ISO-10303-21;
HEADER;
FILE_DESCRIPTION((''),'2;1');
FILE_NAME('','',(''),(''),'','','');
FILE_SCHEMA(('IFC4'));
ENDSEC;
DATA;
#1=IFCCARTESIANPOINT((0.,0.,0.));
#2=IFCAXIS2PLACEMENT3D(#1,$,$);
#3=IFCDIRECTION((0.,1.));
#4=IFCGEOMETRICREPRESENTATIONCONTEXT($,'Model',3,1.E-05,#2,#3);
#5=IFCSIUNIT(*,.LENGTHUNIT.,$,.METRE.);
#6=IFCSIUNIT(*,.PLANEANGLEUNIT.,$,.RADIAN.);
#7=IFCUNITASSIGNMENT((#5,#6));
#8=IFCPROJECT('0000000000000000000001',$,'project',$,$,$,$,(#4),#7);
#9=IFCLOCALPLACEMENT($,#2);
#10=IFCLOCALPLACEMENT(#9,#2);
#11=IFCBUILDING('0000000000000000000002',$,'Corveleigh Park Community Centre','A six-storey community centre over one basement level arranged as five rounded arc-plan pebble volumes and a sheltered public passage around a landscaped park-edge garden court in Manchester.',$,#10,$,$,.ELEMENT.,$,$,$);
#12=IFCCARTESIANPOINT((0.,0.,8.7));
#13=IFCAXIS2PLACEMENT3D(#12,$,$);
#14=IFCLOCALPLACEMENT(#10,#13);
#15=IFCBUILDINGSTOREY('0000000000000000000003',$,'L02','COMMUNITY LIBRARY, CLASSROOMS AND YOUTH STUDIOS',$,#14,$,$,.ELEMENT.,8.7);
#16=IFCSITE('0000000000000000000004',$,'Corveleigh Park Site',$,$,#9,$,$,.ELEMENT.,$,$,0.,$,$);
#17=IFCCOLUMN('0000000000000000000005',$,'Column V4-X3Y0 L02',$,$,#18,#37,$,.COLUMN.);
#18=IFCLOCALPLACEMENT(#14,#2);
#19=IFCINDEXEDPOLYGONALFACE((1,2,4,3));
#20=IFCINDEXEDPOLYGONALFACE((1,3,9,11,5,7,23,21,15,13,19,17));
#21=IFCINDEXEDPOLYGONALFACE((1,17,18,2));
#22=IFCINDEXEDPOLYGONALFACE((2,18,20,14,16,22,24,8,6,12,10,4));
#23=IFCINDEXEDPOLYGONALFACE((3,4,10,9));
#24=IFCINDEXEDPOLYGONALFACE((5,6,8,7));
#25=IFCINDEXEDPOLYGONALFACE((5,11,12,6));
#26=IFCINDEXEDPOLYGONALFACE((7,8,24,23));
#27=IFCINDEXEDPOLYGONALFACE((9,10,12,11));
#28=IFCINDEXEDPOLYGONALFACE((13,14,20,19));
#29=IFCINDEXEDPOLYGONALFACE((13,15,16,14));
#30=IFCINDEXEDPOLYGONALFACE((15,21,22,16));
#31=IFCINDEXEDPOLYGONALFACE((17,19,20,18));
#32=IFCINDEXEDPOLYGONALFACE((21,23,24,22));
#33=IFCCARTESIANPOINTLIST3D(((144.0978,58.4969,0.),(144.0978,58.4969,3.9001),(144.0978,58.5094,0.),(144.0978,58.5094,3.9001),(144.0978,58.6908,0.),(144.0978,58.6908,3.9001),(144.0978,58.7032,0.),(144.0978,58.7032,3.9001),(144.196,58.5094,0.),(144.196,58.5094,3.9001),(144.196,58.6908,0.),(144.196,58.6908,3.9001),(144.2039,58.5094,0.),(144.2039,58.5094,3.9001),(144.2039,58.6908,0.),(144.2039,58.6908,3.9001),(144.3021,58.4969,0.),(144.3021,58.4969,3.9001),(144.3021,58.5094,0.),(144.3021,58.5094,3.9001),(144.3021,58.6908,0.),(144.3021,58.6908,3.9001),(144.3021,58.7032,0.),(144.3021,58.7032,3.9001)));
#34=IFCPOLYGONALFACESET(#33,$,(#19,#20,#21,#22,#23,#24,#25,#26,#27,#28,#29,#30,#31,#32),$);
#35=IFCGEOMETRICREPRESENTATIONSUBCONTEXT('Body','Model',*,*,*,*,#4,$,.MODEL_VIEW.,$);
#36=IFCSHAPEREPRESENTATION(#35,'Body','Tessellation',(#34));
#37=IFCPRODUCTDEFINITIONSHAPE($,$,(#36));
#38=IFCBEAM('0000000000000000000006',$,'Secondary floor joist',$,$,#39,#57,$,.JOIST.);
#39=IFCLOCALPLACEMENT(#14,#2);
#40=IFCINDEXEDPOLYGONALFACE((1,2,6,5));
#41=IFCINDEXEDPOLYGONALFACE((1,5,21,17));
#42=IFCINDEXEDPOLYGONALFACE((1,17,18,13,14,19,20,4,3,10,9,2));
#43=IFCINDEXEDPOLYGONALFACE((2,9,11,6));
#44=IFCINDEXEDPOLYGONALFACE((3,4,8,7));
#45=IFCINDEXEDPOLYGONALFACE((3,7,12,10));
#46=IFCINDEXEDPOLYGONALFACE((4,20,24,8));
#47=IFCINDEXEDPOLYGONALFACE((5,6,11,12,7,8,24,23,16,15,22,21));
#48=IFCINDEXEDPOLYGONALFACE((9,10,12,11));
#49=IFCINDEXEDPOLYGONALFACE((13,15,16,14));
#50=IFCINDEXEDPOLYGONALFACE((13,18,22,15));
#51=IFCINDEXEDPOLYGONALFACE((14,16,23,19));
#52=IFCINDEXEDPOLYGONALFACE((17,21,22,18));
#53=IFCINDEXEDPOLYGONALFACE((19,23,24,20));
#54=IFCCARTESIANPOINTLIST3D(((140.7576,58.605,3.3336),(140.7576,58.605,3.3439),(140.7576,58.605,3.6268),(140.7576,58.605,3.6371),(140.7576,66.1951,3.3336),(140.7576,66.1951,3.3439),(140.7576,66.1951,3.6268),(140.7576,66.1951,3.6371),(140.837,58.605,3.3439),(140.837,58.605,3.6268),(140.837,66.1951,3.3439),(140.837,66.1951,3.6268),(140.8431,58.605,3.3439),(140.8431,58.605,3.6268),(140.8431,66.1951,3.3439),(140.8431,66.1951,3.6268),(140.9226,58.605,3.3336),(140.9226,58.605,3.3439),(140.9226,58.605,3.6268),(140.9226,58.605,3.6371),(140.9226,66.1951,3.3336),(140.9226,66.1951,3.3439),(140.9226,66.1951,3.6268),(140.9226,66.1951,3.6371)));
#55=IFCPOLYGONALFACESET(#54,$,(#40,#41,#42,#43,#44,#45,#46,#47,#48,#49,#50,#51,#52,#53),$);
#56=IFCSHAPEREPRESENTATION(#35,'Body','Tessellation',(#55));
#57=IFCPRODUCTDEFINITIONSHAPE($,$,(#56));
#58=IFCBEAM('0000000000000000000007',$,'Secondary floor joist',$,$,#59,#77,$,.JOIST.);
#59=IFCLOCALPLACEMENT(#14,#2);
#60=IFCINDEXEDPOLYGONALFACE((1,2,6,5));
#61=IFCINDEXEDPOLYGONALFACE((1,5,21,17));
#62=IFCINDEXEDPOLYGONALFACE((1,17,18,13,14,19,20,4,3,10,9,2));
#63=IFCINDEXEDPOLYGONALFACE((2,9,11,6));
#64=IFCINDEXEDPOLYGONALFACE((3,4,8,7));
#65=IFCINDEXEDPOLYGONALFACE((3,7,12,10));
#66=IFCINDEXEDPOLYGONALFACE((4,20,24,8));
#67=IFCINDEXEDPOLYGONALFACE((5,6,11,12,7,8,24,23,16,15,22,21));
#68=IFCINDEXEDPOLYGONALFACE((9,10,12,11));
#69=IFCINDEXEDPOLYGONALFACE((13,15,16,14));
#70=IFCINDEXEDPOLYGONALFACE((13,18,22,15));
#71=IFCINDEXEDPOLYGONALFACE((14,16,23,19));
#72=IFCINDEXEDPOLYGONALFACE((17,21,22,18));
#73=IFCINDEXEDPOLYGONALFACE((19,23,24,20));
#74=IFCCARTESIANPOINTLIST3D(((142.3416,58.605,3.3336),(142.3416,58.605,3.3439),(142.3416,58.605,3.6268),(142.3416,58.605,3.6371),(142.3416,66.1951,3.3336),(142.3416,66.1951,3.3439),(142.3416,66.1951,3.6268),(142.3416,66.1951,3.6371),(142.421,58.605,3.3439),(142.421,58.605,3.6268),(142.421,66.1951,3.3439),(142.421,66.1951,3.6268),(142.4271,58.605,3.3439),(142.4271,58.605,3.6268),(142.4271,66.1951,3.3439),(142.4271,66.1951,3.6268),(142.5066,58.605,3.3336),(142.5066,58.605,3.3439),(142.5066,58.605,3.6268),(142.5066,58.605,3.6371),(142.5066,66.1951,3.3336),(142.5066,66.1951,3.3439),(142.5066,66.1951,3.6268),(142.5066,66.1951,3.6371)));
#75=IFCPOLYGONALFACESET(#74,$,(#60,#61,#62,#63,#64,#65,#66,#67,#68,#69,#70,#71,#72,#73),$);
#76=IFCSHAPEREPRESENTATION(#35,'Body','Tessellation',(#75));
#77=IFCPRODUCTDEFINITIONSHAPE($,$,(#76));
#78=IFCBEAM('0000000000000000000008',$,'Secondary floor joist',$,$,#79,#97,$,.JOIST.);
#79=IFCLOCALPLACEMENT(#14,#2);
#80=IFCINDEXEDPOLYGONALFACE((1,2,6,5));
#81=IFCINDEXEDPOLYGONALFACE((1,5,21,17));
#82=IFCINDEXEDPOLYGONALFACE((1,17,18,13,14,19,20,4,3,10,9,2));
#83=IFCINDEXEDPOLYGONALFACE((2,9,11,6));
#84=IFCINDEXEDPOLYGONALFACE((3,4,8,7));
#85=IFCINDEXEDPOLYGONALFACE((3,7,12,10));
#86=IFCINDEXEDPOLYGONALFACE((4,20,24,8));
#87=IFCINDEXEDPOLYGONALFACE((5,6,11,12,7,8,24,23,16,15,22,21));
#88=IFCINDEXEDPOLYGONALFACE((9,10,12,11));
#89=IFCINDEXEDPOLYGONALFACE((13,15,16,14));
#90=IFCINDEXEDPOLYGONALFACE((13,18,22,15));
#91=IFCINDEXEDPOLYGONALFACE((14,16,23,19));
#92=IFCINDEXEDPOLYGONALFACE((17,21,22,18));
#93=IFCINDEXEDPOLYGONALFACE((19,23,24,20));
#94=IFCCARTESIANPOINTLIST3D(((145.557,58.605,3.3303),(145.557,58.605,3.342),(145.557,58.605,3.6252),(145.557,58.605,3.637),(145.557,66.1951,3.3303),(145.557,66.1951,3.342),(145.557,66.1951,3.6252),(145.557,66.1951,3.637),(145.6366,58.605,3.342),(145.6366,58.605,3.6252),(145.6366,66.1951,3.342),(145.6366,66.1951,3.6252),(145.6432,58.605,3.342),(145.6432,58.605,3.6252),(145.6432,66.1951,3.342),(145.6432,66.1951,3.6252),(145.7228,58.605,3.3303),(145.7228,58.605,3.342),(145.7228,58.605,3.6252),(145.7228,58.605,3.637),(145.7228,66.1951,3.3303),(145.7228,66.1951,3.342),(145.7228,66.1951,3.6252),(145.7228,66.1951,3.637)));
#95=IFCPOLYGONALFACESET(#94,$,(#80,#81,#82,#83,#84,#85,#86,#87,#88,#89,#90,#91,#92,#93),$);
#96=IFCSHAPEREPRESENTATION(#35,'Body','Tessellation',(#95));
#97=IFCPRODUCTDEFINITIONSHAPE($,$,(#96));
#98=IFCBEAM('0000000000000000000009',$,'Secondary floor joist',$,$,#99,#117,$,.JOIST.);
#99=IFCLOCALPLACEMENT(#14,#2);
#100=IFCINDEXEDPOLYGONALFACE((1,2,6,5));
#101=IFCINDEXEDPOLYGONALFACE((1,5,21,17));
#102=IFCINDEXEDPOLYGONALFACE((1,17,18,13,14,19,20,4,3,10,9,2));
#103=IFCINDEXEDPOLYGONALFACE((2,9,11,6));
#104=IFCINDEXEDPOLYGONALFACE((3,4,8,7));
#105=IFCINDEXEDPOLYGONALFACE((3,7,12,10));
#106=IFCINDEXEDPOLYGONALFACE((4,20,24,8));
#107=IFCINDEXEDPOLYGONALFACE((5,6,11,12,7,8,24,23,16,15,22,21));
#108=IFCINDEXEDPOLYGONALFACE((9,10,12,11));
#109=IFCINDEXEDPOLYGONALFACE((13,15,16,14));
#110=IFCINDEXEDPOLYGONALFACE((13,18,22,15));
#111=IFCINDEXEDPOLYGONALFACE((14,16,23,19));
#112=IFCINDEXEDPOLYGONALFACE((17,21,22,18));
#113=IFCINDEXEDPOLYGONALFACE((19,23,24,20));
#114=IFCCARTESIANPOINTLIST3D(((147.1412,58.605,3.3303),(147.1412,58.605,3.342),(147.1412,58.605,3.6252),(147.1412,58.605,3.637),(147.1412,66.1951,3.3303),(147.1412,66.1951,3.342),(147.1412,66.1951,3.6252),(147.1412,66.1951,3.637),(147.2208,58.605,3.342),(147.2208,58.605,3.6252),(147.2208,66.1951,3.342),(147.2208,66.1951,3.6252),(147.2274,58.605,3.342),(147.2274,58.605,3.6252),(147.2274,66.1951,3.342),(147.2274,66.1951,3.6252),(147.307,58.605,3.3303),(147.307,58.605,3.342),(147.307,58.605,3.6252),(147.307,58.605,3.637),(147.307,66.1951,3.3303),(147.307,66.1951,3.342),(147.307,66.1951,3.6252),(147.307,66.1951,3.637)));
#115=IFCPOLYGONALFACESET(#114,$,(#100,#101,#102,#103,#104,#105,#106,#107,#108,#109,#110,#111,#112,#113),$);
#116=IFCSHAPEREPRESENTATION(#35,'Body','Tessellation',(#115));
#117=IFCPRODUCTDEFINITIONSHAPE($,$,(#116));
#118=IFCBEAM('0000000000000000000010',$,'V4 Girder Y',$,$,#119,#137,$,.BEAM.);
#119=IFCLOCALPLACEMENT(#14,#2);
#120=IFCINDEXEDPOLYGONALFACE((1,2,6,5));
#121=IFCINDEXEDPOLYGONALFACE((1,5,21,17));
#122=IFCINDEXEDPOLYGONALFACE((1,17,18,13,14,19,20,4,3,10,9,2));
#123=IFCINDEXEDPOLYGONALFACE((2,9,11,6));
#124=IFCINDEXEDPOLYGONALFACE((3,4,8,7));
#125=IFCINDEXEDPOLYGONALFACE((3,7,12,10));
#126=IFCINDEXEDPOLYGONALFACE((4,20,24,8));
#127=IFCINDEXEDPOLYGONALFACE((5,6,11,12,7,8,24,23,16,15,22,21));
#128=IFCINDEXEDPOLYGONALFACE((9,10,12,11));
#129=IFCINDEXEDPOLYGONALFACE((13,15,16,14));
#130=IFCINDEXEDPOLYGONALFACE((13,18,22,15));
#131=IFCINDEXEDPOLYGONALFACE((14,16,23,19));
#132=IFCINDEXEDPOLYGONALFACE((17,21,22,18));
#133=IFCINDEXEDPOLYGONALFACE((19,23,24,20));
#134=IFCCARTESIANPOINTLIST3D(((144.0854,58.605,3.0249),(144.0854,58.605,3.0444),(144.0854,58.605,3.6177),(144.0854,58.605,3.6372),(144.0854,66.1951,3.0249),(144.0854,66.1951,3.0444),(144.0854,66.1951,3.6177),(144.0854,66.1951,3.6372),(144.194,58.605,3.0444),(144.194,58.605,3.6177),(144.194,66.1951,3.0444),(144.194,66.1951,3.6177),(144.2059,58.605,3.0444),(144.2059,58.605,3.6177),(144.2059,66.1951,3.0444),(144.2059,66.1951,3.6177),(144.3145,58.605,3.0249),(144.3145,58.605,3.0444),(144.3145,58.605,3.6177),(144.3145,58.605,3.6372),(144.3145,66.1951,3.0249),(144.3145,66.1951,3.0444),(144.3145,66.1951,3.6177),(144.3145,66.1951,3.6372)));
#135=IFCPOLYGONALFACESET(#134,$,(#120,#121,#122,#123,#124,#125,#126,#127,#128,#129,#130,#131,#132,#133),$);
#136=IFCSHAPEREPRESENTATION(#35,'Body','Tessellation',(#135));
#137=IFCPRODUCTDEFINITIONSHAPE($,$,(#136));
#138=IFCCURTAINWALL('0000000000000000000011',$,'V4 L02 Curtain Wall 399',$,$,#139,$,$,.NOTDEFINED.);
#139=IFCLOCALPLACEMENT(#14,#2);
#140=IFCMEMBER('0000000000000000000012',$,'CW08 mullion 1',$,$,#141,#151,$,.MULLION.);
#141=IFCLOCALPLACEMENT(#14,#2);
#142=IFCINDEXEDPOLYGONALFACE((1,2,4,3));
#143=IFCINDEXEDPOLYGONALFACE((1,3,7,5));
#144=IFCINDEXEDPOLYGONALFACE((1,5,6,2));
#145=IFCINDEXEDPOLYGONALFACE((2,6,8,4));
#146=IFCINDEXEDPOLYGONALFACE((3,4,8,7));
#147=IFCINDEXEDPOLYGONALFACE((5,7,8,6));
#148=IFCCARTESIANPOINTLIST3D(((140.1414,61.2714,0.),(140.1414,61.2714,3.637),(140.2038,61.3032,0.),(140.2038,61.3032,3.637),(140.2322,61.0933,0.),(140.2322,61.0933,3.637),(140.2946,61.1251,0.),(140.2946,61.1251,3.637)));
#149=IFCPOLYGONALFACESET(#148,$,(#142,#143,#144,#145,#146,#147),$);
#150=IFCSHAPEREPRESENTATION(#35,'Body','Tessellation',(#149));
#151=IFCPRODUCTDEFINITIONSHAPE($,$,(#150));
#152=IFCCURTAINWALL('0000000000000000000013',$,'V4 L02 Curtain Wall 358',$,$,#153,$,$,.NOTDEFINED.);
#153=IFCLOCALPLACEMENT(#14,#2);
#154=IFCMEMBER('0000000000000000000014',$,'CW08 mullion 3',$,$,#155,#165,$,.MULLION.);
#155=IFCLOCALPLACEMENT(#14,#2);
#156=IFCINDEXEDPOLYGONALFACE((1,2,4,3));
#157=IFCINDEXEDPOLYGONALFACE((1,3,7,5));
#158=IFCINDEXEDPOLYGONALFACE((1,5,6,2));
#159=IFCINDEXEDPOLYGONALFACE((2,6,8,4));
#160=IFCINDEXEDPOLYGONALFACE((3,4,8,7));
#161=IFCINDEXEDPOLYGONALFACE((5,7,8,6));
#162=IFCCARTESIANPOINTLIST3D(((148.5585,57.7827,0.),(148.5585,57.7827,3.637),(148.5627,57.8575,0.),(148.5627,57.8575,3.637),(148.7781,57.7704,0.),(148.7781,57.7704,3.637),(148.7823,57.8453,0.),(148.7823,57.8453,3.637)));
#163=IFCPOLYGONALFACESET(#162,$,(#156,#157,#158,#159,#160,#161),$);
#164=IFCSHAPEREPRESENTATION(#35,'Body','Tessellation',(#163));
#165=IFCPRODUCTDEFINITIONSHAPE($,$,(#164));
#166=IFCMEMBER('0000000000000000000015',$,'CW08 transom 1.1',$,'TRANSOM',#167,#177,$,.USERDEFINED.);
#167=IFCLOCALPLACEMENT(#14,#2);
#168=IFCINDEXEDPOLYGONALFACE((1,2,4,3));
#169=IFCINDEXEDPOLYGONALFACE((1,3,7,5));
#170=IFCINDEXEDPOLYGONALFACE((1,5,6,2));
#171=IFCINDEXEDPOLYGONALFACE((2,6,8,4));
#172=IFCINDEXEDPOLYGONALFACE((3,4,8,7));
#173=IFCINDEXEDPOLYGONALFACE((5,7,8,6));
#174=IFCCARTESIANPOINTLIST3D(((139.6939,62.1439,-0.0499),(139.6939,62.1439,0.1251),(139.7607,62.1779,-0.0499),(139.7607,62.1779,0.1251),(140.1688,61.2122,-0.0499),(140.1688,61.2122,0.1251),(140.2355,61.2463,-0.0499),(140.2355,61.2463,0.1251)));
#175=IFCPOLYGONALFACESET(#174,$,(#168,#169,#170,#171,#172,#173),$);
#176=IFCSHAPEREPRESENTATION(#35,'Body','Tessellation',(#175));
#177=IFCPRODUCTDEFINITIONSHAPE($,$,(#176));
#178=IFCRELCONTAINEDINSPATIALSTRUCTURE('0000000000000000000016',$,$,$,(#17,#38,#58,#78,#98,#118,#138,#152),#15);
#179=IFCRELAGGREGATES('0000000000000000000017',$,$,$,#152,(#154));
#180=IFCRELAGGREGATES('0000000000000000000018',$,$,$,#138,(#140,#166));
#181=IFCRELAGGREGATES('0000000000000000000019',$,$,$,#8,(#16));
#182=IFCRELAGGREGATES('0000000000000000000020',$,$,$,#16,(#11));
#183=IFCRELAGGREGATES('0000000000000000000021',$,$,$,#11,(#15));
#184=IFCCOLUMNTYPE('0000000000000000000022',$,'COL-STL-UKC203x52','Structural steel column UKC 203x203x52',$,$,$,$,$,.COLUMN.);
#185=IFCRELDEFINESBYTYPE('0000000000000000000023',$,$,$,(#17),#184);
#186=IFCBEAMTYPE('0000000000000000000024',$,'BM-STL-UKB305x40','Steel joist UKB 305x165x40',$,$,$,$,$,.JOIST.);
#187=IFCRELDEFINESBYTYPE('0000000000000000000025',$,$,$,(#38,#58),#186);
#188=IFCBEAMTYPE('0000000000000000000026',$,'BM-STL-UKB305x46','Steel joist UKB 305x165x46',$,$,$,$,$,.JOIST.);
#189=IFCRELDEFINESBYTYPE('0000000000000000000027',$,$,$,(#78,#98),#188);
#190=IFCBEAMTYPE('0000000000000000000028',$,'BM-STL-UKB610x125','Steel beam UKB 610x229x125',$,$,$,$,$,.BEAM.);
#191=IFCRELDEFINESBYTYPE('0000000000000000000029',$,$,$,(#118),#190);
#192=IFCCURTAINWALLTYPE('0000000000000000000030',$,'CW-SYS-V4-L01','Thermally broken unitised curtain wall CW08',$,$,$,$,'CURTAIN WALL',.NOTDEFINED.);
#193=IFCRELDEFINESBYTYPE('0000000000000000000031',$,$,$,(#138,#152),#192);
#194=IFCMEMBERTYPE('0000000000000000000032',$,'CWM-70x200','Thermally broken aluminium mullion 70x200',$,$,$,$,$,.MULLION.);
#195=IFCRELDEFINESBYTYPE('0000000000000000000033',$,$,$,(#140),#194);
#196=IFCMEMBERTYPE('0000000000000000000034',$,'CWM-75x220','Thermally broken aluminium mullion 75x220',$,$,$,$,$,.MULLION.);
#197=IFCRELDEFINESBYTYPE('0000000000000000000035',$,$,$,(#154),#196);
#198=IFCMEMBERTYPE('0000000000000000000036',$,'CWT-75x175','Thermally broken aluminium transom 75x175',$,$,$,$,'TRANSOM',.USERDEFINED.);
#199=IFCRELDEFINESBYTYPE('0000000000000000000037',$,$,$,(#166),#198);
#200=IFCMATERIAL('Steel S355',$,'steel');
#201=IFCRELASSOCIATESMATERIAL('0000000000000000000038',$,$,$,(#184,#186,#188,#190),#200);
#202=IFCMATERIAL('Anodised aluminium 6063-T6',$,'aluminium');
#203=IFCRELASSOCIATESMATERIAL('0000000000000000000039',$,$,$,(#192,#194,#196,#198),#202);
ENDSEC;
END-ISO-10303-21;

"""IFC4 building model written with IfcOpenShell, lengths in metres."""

from ifc_helpers import new_model, si_unit, direction, frame, origin, origin_2d, place, context, subcontext, project, spatial, rectangle, i_section, extrude, material, material_profile, profile_set, type_object, element, aggregate, save


model = new_model("IFC4")

# Units and contexts
model_context = context("Model", 3, precision=1e-05, world=origin(), true_north=direction((0.0, 1.0)))
body_context = subcontext(model_context, "Body", "Model", "MODEL_VIEW")
ifc_project = project(units=[si_unit("LENGTHUNIT", "METRE"), si_unit("PLANEANGLEUNIT", "RADIAN")], contexts=[model_context])

# Site, building, storey
site_placement = place(None, origin())
site = spatial("IfcSite", under=ifc_project, at=site_placement, Name="Corveleigh Park Site", CompositionType="ELEMENT", RefElevation=0.0)
building_placement = place(site_placement, origin())
building = spatial("IfcBuilding", under=site, at=building_placement, Name="Corveleigh Park Community Centre", Description="A six-storey community centre over one basement level arranged as five rounded arc-plan pebble volumes and a sheltered public passage around a landscaped park-edge garden court in Manchester.", CompositionType="ELEMENT")
storey_placement = place(building_placement, frame((0.0, 0.0, 8.7)))
storey = spatial("IfcBuildingStorey", under=building, at=storey_placement, Name="L02", Description="COMMUNITY LIBRARY, CLASSROOMS AND YOUTH STUDIOS", CompositionType="ELEMENT", Elevation=8.7)

# Column
ifc_material_1 = material(Name="Steel S355", Category="steel")
ifc_material_profile_1 = material_profile(ifc_material_1, i_section(OverallWidth=0.2043, OverallDepth=0.2063, WebThickness=0.0078, FlangeThickness=0.0125, at=origin_2d()), Name="UKC 203x203x52", Category="steel")
ifc_profile_set_1 = profile_set([ifc_material_profile_1], Name="Steel S355")
column_type = type_object("IfcColumnType", Name="COL-STL-UKC203x52", Description="Structural steel column UKC 203x203x52", PredefinedType="COLUMN", material=ifc_profile_set_1)
column_placement = place(storey_placement, frame((144.2, 58.6001, 0.0), z_axis=(0.0, 0.0, 1.0), x_axis=(1.0, 0.0, 0.0)))
element("IfcColumn", 1, at=column_placement, inside=storey, type_object=column_type, Name="Column V4-X3Y0 L02", PredefinedType="COLUMN", context=body_context, shape_type="SweptSolid", body=[
    extrude(i_section(OverallWidth=0.2043, OverallDepth=0.2063, WebThickness=0.0078, FlangeThickness=0.0125, at=origin_2d()), origin(), (0.0, 0.0, 1.0), 3.9001),
])

# Beams
ifc_material_profile_2 = material_profile(ifc_material_1, i_section(OverallWidth=0.165, OverallDepth=0.3035, WebThickness=0.0061, FlangeThickness=0.0103, at=origin_2d()), Name="UKB 305x165x40", Category="steel")
ifc_profile_set_2 = profile_set([ifc_material_profile_2], Name="Steel S355")
beam_type_1 = type_object("IfcBeamType", Name="BM-STL-UKB305x40", Description="Steel joist UKB 305x165x40", PredefinedType="JOIST", material=ifc_profile_set_2)
for number, where, z_axis, x_axis, name in (
    (2, (140.8401, 58.605, 3.4854), (0.0, 1.0, 0.0), (-1.0, 0.0, 0.0), "Secondary floor joist"),
    (3, (142.4241, 58.605, 3.4854), (0.0, 1.0, 0.0), (-1.0, 0.0, 0.0), "Secondary floor joist"),
):
    element("IfcBeam", number, at=place(storey_placement, frame(where, z_axis=z_axis, x_axis=x_axis)), inside=storey, type_object=beam_type_1, Name=name, PredefinedType="JOIST", context=body_context, shape_type="SweptSolid", body=[
        extrude(i_section(OverallWidth=0.165, OverallDepth=0.3035, WebThickness=0.0061, FlangeThickness=0.0103, at=origin_2d()), origin(), (0.0, 0.0, 1.0), 7.5901),
    ])
ifc_material_profile_3 = material_profile(ifc_material_1, i_section(OverallWidth=0.1658, OverallDepth=0.3066, WebThickness=0.0066, FlangeThickness=0.0117, at=origin_2d()), Name="UKB 305x165x46", Category="steel")
ifc_profile_set_3 = profile_set([ifc_material_profile_3], Name="Steel S355")
beam_type_2 = type_object("IfcBeamType", Name="BM-STL-UKB305x46", Description="Steel joist UKB 305x165x46", PredefinedType="JOIST", material=ifc_profile_set_3)
for number, where, z_axis, x_axis, name in (
    (4, (145.6399, 58.605, 3.4836), (0.0, 1.0, 0.0), (-1.0, 0.0, 0.0), "Secondary floor joist"),
    (5, (147.2241, 58.605, 3.4836), (0.0, 1.0, 0.0), (-1.0, 0.0, 0.0), "Secondary floor joist"),
):
    element("IfcBeam", number, at=place(storey_placement, frame(where, z_axis=z_axis, x_axis=x_axis)), inside=storey, type_object=beam_type_2, Name=name, PredefinedType="JOIST", context=body_context, shape_type="SweptSolid", body=[
        extrude(i_section(OverallWidth=0.1658, OverallDepth=0.3066, WebThickness=0.0066, FlangeThickness=0.0117, at=origin_2d()), origin(), (0.0, 0.0, 1.0), 7.5901),
    ])
ifc_material_profile_4 = material_profile(ifc_material_1, i_section(OverallWidth=0.229, OverallDepth=0.6123, WebThickness=0.012, FlangeThickness=0.0195, at=origin_2d()), Name="UKB 610x229x125", Category="steel")
ifc_profile_set_4 = profile_set([ifc_material_profile_4], Name="Steel S355")
beam_type_3 = type_object("IfcBeamType", Name="BM-STL-UKB610x125", Description="Steel beam UKB 610x229x125", PredefinedType="BEAM", material=ifc_profile_set_4)
beam_1_placement = place(storey_placement, frame((144.2, 58.605, 3.3311), z_axis=(0.0, 1.0, 0.0), x_axis=(-1.0, 0.0, 0.0)))
element("IfcBeam", 6, at=beam_1_placement, inside=storey, type_object=beam_type_3, Name="V4 Girder Y", PredefinedType="BEAM", context=body_context, shape_type="SweptSolid", body=[
    extrude(i_section(OverallWidth=0.229, OverallDepth=0.6123, WebThickness=0.012, FlangeThickness=0.0195, at=origin_2d()), origin(), (0.0, 0.0, 1.0), 7.5901),
])

# Curtain walls, members
ifc_material_2 = material(Name="Anodised aluminium 6063-T6", Category="aluminium")
curtain_wall_type = type_object("IfcCurtainWallType", Name="CW-SYS-V4-L01", Description="Thermally broken unitised curtain wall CW08", ElementType="CURTAIN WALL", PredefinedType="NOTDEFINED", material=ifc_material_2)
curtain_wall_1_placement = place(storey_placement, origin())
curtain_wall_1 = element("IfcCurtainWall", 7, at=curtain_wall_1_placement, inside=storey, type_object=curtain_wall_type, Name="V4 L02 Curtain Wall 399", PredefinedType="NOTDEFINED")
ifc_material_profile_5 = material_profile(ifc_material_2, rectangle(XDim=0.0701, YDim=0.2, at=origin_2d()), Name="ALU-M70x200", Category="aluminium")
ifc_profile_set_5 = profile_set([ifc_material_profile_5], Name="Anodised aluminium 6063-T6")
member_type_1 = type_object("IfcMemberType", Name="CWM-70x200", Description="Thermally broken aluminium mullion 70x200", PredefinedType="MULLION", material=ifc_profile_set_5)
member_1_placement = place(storey_placement, frame((140.218, 61.1982, 0.0), z_axis=(0.0, 0.0, 1.0), x_axis=(-0.890923, -0.454154, 0.0)))
member_1 = element("IfcMember", 8, at=member_1_placement, type_object=member_type_1, Name="CW08 mullion 1", PredefinedType="MULLION", context=body_context, shape_type="SweptSolid", body=[
    extrude(rectangle(XDim=0.0701, YDim=0.2, at=origin_2d()), origin(), (0.0, 0.0, 1.0), 3.637),
])
curtain_wall_2_placement = place(storey_placement, origin())
curtain_wall_2 = element("IfcCurtainWall", 9, at=curtain_wall_2_placement, inside=storey, type_object=curtain_wall_type, Name="V4 L02 Curtain Wall 358", PredefinedType="NOTDEFINED")
ifc_material_profile_6 = material_profile(ifc_material_2, rectangle(XDim=0.075, YDim=0.22, at=origin_2d()), Name="ALU-M75x220", Category="aluminium")
ifc_profile_set_6 = profile_set([ifc_material_profile_6], Name="Anodised aluminium 6063-T6")
member_type_2 = type_object("IfcMemberType", Name="CWM-75x220", Description="Thermally broken aluminium mullion 75x220", PredefinedType="MULLION", material=ifc_profile_set_6)
member_2_placement = place(storey_placement, frame((148.6704, 57.814, 0.0), z_axis=(0.0, 0.0, 1.0), x_axis=(-0.055545, -0.998456, 0.0)))
member_2 = element("IfcMember", 10, at=member_2_placement, type_object=member_type_2, Name="CW08 mullion 3", PredefinedType="MULLION", context=body_context, shape_type="SweptSolid", body=[
    extrude(rectangle(XDim=0.075, YDim=0.22, at=origin_2d()), origin(), (0.0, 0.0, 1.0), 3.637),
])
aggregate(curtain_wall_2, [member_2])

# Member
ifc_material_profile_7 = material_profile(ifc_material_2, rectangle(XDim=0.075, YDim=0.175, at=origin_2d()), Name="ALU-T75x175", Category="aluminium")
ifc_profile_set_7 = profile_set([ifc_material_profile_7], Name="Anodised aluminium 6063-T6")
member_type_3 = type_object("IfcMemberType", Name="CWT-75x175", Description="Thermally broken aluminium transom 75x175", ElementType="TRANSOM", PredefinedType="USERDEFINED", material=ifc_profile_set_7)
member_3_placement = place(storey_placement, frame((140.2021, 61.2292, 0.0376), z_axis=(-0.454111, 0.890945, 0.0), x_axis=(-0.890945, -0.454111, 0.0)))
member_3 = element("IfcMember", 11, at=member_3_placement, type_object=member_type_3, Name="CW08 transom 1.1", ObjectType="TRANSOM", PredefinedType="USERDEFINED", context=body_context, shape_type="SweptSolid", body=[
    extrude(rectangle(XDim=0.075, YDim=0.175, at=origin_2d()), origin(), (0.0, 0.0, 1.0), 1.0457),
])

aggregate(curtain_wall_1, [member_1, member_3])

save(model, "model.ifc")
